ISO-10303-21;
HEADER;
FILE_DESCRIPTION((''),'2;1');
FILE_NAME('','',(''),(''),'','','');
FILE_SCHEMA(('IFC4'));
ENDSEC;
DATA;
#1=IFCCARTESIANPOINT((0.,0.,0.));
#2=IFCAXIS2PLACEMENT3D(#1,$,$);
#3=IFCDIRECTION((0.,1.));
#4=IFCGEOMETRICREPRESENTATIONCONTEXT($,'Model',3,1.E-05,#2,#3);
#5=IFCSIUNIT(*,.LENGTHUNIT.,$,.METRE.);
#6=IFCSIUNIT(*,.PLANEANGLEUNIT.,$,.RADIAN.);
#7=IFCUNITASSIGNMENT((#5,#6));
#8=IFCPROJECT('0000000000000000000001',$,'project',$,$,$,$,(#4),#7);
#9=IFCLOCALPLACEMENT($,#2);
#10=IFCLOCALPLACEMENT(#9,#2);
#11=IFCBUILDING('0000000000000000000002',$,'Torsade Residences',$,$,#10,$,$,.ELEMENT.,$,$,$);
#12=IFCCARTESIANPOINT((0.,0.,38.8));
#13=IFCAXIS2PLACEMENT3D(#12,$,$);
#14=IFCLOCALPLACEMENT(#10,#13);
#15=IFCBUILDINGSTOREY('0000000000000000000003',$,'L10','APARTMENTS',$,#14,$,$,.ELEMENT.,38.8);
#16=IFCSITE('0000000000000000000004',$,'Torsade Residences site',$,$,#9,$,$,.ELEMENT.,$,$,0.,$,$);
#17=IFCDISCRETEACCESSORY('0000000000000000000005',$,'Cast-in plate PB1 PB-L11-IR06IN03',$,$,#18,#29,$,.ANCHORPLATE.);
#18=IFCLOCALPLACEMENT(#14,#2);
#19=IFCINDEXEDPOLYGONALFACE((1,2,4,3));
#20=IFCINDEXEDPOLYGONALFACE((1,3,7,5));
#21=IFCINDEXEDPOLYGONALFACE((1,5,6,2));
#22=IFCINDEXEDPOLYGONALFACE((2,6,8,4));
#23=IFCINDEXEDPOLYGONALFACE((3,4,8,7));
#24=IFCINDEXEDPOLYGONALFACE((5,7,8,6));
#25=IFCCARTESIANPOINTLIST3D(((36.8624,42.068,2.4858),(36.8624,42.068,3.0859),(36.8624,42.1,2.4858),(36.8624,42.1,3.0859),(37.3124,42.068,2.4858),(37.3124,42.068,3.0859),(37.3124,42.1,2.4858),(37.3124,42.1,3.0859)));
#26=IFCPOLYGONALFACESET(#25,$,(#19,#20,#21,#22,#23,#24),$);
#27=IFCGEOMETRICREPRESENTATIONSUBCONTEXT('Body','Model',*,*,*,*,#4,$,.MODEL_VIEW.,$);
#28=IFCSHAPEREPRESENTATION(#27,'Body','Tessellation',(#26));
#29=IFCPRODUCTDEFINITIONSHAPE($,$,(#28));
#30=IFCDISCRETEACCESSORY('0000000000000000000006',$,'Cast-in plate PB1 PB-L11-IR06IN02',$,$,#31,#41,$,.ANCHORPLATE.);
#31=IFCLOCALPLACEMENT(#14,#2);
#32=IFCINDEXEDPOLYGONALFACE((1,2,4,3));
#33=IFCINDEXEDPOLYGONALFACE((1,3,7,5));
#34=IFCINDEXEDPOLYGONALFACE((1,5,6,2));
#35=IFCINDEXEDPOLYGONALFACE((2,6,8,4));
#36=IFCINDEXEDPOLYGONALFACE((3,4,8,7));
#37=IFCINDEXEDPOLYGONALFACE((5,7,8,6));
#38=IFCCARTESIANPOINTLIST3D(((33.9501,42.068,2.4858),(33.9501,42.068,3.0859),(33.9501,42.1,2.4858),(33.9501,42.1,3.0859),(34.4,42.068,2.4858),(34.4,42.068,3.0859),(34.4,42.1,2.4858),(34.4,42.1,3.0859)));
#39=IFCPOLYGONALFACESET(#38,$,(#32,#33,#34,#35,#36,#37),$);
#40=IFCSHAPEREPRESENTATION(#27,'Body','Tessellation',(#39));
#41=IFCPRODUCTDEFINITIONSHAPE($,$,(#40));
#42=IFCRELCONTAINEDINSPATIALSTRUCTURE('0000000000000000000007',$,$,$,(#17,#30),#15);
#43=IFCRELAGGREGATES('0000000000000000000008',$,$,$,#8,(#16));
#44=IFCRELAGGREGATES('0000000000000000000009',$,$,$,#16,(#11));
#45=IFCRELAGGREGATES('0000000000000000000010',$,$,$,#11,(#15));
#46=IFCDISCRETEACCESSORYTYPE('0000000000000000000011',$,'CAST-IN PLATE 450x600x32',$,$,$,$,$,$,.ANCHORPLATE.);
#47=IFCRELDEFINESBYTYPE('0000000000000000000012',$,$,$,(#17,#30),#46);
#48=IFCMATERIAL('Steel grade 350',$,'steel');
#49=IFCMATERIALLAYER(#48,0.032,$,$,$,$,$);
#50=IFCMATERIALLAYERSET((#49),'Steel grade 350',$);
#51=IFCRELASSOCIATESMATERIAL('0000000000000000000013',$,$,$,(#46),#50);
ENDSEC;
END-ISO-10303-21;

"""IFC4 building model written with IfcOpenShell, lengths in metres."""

from ifc_helpers import new_model, si_unit, direction, frame, origin, origin_2d, place, context, subcontext, project, spatial, rectangle, extrude, material, layer, layer_set, type_object, element, save


model = new_model("IFC4")

# Units and contexts
model_context = context("Model", 3, precision=1e-05, world=origin(), true_north=direction((0.0, 1.0)))
body_context = subcontext(model_context, "Body", "Model", "MODEL_VIEW")
ifc_project = project(units=[si_unit("LENGTHUNIT", "METRE"), si_unit("PLANEANGLEUNIT", "RADIAN")], contexts=[model_context])

# Site, building, storey
site_placement = place(None, origin())
site = spatial("IfcSite", under=ifc_project, at=site_placement, Name="Torsade Residences site", CompositionType="ELEMENT", RefElevation=0.0)
building_placement = place(site_placement, origin())
building = spatial("IfcBuilding", under=site, at=building_placement, Name="Torsade Residences", CompositionType="ELEMENT")
storey_placement = place(building_placement, frame((0.0, 0.0, 38.8)))
storey = spatial("IfcBuildingStorey", under=building, at=storey_placement, Name="L10", Description="APARTMENTS", CompositionType="ELEMENT", Elevation=38.8)

# Discrete accessories
ifc_material_1 = material(Name="Steel grade 350", Category="steel")
ifc_layer_1 = layer(ifc_material_1, 0.032)
ifc_layer_set_1 = layer_set([ifc_layer_1], Name="Steel grade 350")
discrete_accessory_type = type_object("IfcDiscreteAccessoryType", Name="CAST-IN PLATE 450x600x32", PredefinedType="ANCHORPLATE", material=ifc_layer_set_1)
for number, where, z_axis, x_axis, name in (
    (1, (37.0874, 42.084, 2.4858), (0.0, 0.0, 1.0), (1.0, 0.0, 0.0), "Cast-in plate PB1 PB-L11-IR06IN03"),
    (2, (34.175, 42.084, 2.4858), (0.0, 0.0, 1.0), (1.0, 0.0, 0.0), "Cast-in plate PB1 PB-L11-IR06IN02"),
):
    element("IfcDiscreteAccessory", number, at=place(storey_placement, frame(where, z_axis=z_axis, x_axis=x_axis)), inside=storey, type_object=discrete_accessory_type, Name=name, PredefinedType="ANCHORPLATE", context=body_context, shape_type="SweptSolid", body=[
        extrude(rectangle(XDim=0.45, YDim=0.032, at=origin_2d()), origin(), (0.0, 0.0, 1.0), 0.6001),
    ])

save(model, "model.ifc")
